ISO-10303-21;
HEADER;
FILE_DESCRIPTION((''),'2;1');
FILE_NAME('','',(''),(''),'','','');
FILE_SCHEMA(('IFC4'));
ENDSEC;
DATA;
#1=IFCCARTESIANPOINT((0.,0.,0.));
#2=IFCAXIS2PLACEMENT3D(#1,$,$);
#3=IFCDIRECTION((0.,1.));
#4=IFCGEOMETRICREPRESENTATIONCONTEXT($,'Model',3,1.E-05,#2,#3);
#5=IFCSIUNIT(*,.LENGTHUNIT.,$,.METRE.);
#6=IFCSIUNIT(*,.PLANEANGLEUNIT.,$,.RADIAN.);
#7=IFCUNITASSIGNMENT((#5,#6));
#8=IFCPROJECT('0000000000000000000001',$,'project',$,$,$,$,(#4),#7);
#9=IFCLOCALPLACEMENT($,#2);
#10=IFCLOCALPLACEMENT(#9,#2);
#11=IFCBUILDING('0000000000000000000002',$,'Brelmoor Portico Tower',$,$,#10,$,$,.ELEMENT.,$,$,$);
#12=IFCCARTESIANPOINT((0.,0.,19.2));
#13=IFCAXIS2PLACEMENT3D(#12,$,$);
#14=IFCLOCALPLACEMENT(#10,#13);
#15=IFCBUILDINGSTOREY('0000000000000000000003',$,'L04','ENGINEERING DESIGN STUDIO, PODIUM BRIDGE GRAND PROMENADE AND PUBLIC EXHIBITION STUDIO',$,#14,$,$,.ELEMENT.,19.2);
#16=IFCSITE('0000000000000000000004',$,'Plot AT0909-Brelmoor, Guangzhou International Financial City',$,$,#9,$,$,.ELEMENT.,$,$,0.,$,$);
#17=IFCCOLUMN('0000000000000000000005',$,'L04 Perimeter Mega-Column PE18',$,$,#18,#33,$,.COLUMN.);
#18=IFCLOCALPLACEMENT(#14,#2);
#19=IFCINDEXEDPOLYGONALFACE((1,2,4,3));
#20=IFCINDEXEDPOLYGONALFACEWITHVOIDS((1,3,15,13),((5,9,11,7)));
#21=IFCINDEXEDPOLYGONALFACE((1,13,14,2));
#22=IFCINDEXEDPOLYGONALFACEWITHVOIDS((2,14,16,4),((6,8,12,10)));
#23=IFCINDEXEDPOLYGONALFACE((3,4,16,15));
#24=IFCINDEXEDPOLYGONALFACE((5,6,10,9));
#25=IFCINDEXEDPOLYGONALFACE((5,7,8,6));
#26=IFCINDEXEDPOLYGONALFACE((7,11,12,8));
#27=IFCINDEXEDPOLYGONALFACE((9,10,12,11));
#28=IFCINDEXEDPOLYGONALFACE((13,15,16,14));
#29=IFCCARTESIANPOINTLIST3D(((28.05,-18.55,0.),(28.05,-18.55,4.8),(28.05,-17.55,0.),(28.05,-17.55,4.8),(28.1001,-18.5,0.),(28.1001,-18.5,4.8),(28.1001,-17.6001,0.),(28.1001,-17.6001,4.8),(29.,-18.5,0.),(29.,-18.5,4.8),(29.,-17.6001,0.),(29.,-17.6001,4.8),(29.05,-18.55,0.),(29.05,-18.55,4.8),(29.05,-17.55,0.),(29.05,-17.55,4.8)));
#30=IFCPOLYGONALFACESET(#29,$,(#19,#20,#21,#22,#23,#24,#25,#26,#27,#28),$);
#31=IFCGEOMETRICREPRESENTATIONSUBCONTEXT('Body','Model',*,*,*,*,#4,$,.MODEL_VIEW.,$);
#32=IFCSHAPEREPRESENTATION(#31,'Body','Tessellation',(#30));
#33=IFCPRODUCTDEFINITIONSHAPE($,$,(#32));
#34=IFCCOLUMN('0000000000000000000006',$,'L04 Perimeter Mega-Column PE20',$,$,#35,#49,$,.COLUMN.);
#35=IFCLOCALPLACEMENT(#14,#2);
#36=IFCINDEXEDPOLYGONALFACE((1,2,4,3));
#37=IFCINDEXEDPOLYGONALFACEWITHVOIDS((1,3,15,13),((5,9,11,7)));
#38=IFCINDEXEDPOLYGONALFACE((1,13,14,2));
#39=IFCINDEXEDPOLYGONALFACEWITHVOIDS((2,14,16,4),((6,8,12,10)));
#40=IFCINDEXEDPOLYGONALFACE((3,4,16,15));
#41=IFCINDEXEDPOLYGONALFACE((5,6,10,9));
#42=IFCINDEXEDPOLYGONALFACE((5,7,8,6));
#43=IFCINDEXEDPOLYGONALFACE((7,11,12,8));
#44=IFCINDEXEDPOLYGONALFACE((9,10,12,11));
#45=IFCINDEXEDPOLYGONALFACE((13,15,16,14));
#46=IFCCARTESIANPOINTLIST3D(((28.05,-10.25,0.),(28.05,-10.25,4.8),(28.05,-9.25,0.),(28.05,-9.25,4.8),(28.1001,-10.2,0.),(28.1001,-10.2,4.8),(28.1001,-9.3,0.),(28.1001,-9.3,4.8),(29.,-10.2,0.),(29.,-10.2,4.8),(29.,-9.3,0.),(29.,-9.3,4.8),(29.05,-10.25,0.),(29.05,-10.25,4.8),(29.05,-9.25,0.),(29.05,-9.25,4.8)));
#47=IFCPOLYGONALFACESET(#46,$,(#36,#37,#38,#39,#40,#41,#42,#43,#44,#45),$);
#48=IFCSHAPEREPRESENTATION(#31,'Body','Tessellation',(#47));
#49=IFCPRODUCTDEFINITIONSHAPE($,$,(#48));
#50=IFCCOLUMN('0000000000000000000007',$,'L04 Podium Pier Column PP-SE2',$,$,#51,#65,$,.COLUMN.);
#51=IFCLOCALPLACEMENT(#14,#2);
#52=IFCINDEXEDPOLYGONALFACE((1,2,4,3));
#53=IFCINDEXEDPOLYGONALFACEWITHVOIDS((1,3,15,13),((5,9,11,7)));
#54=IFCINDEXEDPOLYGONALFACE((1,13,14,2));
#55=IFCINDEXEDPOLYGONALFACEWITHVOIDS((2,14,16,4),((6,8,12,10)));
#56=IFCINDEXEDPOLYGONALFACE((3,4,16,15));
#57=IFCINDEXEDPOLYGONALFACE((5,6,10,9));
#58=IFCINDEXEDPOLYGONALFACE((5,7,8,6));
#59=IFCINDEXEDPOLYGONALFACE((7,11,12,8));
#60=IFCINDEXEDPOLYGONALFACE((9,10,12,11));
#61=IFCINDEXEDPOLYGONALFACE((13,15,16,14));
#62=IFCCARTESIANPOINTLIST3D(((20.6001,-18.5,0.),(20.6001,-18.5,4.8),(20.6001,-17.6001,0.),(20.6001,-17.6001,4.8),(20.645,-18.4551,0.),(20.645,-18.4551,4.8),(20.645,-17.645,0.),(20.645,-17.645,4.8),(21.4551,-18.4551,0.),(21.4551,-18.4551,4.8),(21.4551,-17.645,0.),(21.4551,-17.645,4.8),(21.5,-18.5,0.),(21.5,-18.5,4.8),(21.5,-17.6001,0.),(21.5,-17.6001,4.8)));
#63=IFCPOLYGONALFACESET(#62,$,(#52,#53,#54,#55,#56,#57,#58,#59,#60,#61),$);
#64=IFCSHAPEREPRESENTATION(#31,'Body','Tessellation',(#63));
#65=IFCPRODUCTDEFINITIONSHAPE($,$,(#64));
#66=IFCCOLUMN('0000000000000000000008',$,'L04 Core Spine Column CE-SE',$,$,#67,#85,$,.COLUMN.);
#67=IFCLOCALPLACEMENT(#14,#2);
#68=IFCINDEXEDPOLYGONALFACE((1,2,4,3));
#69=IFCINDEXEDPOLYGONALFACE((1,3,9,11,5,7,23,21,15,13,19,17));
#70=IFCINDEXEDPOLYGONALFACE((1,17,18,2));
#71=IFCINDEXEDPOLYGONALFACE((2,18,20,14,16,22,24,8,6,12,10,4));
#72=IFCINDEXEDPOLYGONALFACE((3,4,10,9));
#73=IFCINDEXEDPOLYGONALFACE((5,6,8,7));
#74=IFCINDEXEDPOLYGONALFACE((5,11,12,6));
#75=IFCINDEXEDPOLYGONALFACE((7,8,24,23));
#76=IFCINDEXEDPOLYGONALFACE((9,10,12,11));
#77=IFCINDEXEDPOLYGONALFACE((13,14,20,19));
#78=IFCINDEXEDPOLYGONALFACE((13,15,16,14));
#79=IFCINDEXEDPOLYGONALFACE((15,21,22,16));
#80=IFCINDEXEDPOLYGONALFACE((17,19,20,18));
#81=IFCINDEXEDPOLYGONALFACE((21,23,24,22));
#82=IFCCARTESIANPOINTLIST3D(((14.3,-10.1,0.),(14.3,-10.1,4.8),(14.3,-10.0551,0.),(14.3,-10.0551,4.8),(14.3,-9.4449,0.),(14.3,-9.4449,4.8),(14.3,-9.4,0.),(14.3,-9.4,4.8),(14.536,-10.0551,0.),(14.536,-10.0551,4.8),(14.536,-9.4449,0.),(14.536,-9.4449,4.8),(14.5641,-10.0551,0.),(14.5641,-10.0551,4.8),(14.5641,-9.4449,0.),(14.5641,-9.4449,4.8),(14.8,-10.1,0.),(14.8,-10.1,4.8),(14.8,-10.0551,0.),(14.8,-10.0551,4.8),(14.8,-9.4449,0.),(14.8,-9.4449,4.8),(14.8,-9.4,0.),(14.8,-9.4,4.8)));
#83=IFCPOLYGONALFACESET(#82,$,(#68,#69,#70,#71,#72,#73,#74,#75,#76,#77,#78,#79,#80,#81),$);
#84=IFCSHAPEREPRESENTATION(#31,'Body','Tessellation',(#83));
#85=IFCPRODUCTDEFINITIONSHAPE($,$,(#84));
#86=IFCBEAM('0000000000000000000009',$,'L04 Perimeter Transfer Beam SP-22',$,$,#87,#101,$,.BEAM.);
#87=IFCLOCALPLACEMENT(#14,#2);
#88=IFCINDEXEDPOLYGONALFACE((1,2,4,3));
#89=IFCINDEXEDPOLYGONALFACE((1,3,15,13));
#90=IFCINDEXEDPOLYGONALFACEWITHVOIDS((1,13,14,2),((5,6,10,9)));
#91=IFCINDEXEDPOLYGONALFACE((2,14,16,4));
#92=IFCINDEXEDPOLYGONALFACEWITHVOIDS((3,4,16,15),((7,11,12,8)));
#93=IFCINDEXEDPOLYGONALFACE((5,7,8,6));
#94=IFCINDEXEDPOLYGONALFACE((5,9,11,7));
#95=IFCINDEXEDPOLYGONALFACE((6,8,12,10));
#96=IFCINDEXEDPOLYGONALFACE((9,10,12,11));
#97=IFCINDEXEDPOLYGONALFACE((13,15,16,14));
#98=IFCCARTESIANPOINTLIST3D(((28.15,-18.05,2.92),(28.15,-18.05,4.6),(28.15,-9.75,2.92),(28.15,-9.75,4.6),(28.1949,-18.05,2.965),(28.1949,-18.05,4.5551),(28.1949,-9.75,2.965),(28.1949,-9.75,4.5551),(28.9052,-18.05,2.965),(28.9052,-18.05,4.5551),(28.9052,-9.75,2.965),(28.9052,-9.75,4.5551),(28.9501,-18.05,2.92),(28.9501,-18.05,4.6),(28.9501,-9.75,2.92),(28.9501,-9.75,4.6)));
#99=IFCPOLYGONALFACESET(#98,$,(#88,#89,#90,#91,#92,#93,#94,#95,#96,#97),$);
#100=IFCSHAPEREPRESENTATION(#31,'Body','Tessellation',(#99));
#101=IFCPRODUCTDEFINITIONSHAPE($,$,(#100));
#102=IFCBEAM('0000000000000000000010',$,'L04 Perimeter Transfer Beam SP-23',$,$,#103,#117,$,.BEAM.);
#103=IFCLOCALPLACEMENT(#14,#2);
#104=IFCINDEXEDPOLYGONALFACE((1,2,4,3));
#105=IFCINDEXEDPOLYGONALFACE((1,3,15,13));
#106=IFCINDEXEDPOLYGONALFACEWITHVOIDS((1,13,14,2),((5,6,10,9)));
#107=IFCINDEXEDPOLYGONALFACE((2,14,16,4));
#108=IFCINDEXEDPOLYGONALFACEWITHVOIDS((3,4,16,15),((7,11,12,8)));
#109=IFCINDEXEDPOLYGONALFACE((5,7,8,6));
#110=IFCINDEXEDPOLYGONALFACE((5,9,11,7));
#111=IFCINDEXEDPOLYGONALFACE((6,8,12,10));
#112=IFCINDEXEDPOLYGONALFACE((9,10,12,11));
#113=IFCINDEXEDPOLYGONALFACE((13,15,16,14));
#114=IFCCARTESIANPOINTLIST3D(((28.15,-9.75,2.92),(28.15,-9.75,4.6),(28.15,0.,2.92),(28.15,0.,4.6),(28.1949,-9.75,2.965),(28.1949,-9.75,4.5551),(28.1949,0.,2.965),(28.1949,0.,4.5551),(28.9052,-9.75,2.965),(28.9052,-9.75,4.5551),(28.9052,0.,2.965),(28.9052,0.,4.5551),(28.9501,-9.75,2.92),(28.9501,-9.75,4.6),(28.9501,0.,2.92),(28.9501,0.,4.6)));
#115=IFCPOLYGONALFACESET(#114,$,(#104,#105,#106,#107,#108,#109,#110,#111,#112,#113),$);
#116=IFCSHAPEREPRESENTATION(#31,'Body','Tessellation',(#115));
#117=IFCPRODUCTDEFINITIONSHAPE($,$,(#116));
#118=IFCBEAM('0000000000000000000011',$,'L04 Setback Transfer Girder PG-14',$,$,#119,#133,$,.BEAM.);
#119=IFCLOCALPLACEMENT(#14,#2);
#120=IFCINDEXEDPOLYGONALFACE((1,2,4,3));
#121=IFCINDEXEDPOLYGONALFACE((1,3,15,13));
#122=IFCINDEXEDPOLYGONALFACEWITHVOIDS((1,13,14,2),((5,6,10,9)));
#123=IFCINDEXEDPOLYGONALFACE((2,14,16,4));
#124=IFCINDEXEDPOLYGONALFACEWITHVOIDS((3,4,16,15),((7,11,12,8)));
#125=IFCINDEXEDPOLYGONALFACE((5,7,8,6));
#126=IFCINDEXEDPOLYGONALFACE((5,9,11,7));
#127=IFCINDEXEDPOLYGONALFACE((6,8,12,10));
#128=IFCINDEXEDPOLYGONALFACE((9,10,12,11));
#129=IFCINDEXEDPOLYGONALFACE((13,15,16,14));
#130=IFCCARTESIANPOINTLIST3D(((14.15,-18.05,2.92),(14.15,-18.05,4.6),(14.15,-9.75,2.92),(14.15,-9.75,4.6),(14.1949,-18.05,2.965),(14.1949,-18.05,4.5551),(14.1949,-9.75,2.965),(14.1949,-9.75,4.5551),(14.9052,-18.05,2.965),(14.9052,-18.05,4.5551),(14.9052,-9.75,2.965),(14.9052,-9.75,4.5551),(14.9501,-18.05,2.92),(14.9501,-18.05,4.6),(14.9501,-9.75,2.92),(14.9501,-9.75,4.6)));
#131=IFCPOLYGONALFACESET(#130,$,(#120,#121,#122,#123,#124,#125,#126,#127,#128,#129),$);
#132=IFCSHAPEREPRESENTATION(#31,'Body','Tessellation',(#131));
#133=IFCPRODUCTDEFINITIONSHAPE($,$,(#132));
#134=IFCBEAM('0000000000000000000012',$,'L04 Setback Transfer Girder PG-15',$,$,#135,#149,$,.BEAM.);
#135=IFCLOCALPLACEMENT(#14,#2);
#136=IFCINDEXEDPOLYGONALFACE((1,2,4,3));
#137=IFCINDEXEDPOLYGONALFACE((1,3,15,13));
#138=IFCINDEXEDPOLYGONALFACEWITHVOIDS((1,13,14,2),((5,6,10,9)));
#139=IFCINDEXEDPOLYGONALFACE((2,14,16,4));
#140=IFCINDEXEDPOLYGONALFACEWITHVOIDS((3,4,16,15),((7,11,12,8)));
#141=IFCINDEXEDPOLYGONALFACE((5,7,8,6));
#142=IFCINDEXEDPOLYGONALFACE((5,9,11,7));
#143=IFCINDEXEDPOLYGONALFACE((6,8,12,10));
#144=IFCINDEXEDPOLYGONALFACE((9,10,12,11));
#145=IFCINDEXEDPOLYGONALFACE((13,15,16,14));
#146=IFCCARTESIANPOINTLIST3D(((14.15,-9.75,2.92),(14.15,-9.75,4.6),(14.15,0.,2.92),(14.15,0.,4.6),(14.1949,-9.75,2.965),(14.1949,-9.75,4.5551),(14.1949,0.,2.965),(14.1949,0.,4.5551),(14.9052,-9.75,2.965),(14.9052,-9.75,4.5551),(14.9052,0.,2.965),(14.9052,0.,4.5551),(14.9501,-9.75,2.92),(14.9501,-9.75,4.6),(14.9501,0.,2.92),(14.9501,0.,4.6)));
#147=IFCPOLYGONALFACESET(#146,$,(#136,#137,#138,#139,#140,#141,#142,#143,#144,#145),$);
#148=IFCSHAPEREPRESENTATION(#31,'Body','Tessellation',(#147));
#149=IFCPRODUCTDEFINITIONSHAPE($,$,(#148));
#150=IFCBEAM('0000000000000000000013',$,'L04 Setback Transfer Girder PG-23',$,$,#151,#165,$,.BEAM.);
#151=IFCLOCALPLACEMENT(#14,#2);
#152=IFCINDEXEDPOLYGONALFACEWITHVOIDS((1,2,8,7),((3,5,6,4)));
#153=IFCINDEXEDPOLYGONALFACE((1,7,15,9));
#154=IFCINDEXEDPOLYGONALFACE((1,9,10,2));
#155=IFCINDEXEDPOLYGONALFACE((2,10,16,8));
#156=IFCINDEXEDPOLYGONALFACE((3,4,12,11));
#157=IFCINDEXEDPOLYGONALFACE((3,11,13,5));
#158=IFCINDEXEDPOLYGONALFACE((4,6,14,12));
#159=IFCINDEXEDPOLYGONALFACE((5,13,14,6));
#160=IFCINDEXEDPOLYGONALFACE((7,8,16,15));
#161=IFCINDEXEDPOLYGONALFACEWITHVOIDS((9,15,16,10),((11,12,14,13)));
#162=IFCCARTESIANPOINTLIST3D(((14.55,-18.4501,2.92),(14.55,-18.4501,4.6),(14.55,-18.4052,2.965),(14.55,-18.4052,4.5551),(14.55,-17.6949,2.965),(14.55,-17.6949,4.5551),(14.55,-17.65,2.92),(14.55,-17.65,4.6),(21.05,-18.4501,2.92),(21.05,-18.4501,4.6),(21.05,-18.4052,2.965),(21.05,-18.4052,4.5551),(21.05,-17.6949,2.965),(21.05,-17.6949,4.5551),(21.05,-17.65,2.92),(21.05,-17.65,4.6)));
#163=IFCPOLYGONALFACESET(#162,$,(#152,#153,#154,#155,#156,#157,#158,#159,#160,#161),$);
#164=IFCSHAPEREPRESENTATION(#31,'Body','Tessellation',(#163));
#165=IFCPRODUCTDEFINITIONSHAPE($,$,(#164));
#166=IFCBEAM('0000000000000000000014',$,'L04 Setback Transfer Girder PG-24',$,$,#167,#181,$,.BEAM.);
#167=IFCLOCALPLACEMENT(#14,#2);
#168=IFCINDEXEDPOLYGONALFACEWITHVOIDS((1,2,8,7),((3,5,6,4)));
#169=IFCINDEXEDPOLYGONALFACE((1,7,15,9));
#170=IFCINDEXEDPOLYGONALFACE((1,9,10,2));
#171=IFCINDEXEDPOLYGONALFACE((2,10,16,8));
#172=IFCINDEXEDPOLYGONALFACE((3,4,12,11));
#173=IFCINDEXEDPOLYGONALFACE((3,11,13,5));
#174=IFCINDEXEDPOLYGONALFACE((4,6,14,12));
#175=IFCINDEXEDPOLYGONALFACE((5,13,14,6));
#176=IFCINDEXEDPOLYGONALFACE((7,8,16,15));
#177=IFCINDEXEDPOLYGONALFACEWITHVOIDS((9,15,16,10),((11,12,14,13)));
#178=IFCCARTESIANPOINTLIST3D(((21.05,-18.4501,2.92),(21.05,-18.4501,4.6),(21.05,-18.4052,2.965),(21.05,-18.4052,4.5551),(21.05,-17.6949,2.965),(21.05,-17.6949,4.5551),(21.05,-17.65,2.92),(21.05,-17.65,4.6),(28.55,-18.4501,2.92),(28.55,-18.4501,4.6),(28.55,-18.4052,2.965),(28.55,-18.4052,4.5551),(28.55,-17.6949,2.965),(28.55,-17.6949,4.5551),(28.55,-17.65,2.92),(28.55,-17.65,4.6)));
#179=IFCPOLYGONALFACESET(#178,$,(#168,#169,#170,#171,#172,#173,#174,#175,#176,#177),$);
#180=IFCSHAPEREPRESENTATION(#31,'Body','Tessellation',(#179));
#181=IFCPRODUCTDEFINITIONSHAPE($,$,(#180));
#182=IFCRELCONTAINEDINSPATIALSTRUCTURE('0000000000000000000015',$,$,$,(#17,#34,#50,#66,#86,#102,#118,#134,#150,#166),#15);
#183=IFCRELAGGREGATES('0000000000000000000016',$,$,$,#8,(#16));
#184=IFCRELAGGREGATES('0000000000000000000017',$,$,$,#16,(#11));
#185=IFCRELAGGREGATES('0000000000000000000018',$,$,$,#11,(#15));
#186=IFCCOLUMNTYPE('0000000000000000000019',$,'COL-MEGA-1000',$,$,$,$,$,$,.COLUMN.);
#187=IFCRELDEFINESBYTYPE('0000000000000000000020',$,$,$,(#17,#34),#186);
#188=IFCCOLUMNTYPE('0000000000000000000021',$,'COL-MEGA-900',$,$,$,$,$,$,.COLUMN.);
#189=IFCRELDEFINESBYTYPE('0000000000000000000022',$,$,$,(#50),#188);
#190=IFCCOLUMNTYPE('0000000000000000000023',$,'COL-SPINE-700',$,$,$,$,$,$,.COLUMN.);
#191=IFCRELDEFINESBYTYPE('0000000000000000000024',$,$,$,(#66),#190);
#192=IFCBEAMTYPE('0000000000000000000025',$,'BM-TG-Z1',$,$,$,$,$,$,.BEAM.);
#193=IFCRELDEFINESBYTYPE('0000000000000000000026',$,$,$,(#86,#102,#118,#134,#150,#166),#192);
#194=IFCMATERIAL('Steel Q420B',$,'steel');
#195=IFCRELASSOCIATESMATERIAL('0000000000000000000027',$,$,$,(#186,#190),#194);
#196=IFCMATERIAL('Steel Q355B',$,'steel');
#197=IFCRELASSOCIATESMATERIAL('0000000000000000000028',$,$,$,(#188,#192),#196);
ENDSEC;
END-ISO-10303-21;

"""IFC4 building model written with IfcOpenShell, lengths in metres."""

from ifc_helpers import new_model, si_unit, direction, frame, origin, origin_2d, place, context, subcontext, project, spatial, hollow_rectangle, i_section, extrude, material, material_profile, profile_set, type_object, element, save


model = new_model("IFC4")

# Units and contexts
model_context = context("Model", 3, precision=1e-05, world=origin(), true_north=direction((0.0, 1.0)))
body_context = subcontext(model_context, "Body", "Model", "MODEL_VIEW")
ifc_project = project(units=[si_unit("LENGTHUNIT", "METRE"), si_unit("PLANEANGLEUNIT", "RADIAN")], contexts=[model_context])

# Site, building, storey
site_placement = place(None, origin())
site = spatial("IfcSite", under=ifc_project, at=site_placement, Name="Plot AT0909-Brelmoor, Guangzhou International Financial City", CompositionType="ELEMENT", RefElevation=0.0)
building_placement = place(site_placement, origin())
building = spatial("IfcBuilding", under=site, at=building_placement, Name="Brelmoor Portico Tower", CompositionType="ELEMENT")
storey_placement = place(building_placement, frame((0.0, 0.0, 19.2)))
storey = spatial("IfcBuildingStorey", under=building, at=storey_placement, Name="L04", Description="ENGINEERING DESIGN STUDIO, PODIUM BRIDGE GRAND PROMENADE AND PUBLIC EXHIBITION STUDIO", CompositionType="ELEMENT", Elevation=19.2)

# Columns
ifc_material_1 = material(Name="Steel Q420B", Category="steel")
ifc_material_profile_1 = material_profile(ifc_material_1, hollow_rectangle(XDim=1.0, YDim=1.0, WallThickness=0.05, at=origin_2d()), Name="BOX 1000x1000x50")
ifc_profile_set_1 = profile_set([ifc_material_profile_1], Name="Steel Q420B")
column_type_1 = type_object("IfcColumnType", Name="COL-MEGA-1000", PredefinedType="COLUMN", material=ifc_profile_set_1)
for number, where, z_axis, x_axis, name in (
    (1, (28.55, -18.05, 0.0), (0.0, 0.0, 1.0), (0.0, 1.0, 0.0), "L04 Perimeter Mega-Column PE18"),
    (2, (28.55, -9.75, 0.0), (0.0, 0.0, 1.0), (0.0, 1.0, 0.0), "L04 Perimeter Mega-Column PE20"),
):
    element("IfcColumn", number, at=place(storey_placement, frame(where, z_axis=z_axis, x_axis=x_axis)), inside=storey, type_object=column_type_1, Name=name, PredefinedType="COLUMN", context=body_context, shape_type="SweptSolid", body=[
        extrude(hollow_rectangle(XDim=1.0, YDim=1.0, WallThickness=0.05, at=origin_2d()), origin(), (0.0, 0.0, 1.0), 4.8),
    ])
ifc_material_2 = material(Name="Steel Q355B", Category="steel")
ifc_material_profile_2 = material_profile(ifc_material_2, hollow_rectangle(XDim=0.8999, YDim=0.8999, WallThickness=0.0449, at=origin_2d()), Name="BOX 900x900x45")
ifc_profile_set_2 = profile_set([ifc_material_profile_2], Name="Steel Q355B")
column_type_2 = type_object("IfcColumnType", Name="COL-MEGA-900", PredefinedType="COLUMN", material=ifc_profile_set_2)
column_1_placement = place(storey_placement, frame((21.05, -18.05, 0.0), z_axis=(0.0, 0.0, 1.0), x_axis=(1.0, 0.0, 0.0)))
element("IfcColumn", 3, at=column_1_placement, inside=storey, type_object=column_type_2, Name="L04 Podium Pier Column PP-SE2", PredefinedType="COLUMN", context=body_context, shape_type="SweptSolid", body=[
    extrude(hollow_rectangle(XDim=0.8999, YDim=0.8999, WallThickness=0.0449, at=origin_2d()), origin(), (0.0, 0.0, 1.0), 4.8),
])
ifc_material_profile_3 = material_profile(ifc_material_1, i_section(OverallWidth=0.5, OverallDepth=0.7, WebThickness=0.0281, FlangeThickness=0.0449, at=origin_2d()), Name="HW 700x500x28x45")
ifc_profile_set_3 = profile_set([ifc_material_profile_3], Name="Steel Q420B")
column_type_3 = type_object("IfcColumnType", Name="COL-SPINE-700", PredefinedType="COLUMN", material=ifc_profile_set_3)
column_2_placement = place(storey_placement, frame((14.55, -9.75, 0.0), z_axis=(0.0, 0.0, 1.0), x_axis=(1.0, 0.0, 0.0)))
element("IfcColumn", 4, at=column_2_placement, inside=storey, type_object=column_type_3, Name="L04 Core Spine Column CE-SE", PredefinedType="COLUMN", context=body_context, shape_type="SweptSolid", body=[
    extrude(i_section(OverallWidth=0.5, OverallDepth=0.7, WebThickness=0.0281, FlangeThickness=0.0449, at=origin_2d()), origin(), (0.0, 0.0, 1.0), 4.8),
])

# Beams
ifc_material_profile_4 = material_profile(ifc_material_2, hollow_rectangle(XDim=0.8, YDim=1.6799, WallThickness=0.0449, at=origin_2d()), Name="BOX 800x1680x45")
ifc_profile_set_4 = profile_set([ifc_material_profile_4], Name="Steel Q355B")
beam_type = type_object("IfcBeamType", Name="BM-TG-Z1", PredefinedType="BEAM", material=ifc_profile_set_4)
beam_1_placement = place(storey_placement, frame((28.55, -18.05, 3.76), z_axis=(0.0, 1.0, 0.0), x_axis=(-1.0, 0.0, 0.0)))
element("IfcBeam", 5, at=beam_1_placement, inside=storey, type_object=beam_type, Name="L04 Perimeter Transfer Beam SP-22", PredefinedType="BEAM", context=body_context, shape_type="SweptSolid", body=[
    extrude(hollow_rectangle(XDim=0.8, YDim=1.6799, WallThickness=0.0449, at=origin_2d()), origin(), (0.0, 0.0, 1.0), 8.3),
])
beam_2_placement = place(storey_placement, frame((28.55, -9.75, 3.76), z_axis=(0.0, 1.0, 0.0), x_axis=(-1.0, 0.0, 0.0)))
element("IfcBeam", 6, at=beam_2_placement, inside=storey, type_object=beam_type, Name="L04 Perimeter Transfer Beam SP-23", PredefinedType="BEAM", context=body_context, shape_type="SweptSolid", body=[
    extrude(hollow_rectangle(XDim=0.8, YDim=1.6799, WallThickness=0.0449, at=origin_2d()), origin(), (0.0, 0.0, 1.0), 9.75),
])
beam_3_placement = place(storey_placement, frame((14.55, -18.05, 3.76), z_axis=(0.0, 1.0, 0.0), x_axis=(-1.0, 0.0, 0.0)))
element("IfcBeam", 7, at=beam_3_placement, inside=storey, type_object=beam_type, Name="L04 Setback Transfer Girder PG-14", PredefinedType="BEAM", context=body_context, shape_type="SweptSolid", body=[
    extrude(hollow_rectangle(XDim=0.8, YDim=1.6799, WallThickness=0.0449, at=origin_2d()), origin(), (0.0, 0.0, 1.0), 8.3),
])
beam_4_placement = place(storey_placement, frame((14.55, -9.75, 3.76), z_axis=(0.0, 1.0, 0.0), x_axis=(-1.0, 0.0, 0.0)))
element("IfcBeam", 8, at=beam_4_placement, inside=storey, type_object=beam_type, Name="L04 Setback Transfer Girder PG-15", PredefinedType="BEAM", context=body_context, shape_type="SweptSolid", body=[
    extrude(hollow_rectangle(XDim=0.8, YDim=1.6799, WallThickness=0.0449, at=origin_2d()), origin(), (0.0, 0.0, 1.0), 9.75),
])
beam_5_placement = place(storey_placement, frame((14.55, -18.05, 3.76), z_axis=(1.0, 0.0, 0.0), x_axis=(0.0, 1.0, 0.0)))
element("IfcBeam", 9, at=beam_5_placement, inside=storey, type_object=beam_type, Name="L04 Setback Transfer Girder PG-23", PredefinedType="BEAM", context=body_context, shape_type="SweptSolid", body=[
    extrude(hollow_rectangle(XDim=0.8, YDim=1.6799, WallThickness=0.0449, at=origin_2d()), origin(), (0.0, 0.0, 1.0), 6.5),
])
beam_6_placement = place(storey_placement, frame((21.05, -18.05, 3.76), z_axis=(1.0, 0.0, 0.0), x_axis=(0.0, 1.0, 0.0)))
element("IfcBeam", 10, at=beam_6_placement, inside=storey, type_object=beam_type, Name="L04 Setback Transfer Girder PG-24", PredefinedType="BEAM", context=body_context, shape_type="SweptSolid", body=[
    extrude(hollow_rectangle(XDim=0.8, YDim=1.6799, WallThickness=0.0449, at=origin_2d()), origin(), (0.0, 0.0, 1.0), 7.5),
])

save(model, "model.ifc")
